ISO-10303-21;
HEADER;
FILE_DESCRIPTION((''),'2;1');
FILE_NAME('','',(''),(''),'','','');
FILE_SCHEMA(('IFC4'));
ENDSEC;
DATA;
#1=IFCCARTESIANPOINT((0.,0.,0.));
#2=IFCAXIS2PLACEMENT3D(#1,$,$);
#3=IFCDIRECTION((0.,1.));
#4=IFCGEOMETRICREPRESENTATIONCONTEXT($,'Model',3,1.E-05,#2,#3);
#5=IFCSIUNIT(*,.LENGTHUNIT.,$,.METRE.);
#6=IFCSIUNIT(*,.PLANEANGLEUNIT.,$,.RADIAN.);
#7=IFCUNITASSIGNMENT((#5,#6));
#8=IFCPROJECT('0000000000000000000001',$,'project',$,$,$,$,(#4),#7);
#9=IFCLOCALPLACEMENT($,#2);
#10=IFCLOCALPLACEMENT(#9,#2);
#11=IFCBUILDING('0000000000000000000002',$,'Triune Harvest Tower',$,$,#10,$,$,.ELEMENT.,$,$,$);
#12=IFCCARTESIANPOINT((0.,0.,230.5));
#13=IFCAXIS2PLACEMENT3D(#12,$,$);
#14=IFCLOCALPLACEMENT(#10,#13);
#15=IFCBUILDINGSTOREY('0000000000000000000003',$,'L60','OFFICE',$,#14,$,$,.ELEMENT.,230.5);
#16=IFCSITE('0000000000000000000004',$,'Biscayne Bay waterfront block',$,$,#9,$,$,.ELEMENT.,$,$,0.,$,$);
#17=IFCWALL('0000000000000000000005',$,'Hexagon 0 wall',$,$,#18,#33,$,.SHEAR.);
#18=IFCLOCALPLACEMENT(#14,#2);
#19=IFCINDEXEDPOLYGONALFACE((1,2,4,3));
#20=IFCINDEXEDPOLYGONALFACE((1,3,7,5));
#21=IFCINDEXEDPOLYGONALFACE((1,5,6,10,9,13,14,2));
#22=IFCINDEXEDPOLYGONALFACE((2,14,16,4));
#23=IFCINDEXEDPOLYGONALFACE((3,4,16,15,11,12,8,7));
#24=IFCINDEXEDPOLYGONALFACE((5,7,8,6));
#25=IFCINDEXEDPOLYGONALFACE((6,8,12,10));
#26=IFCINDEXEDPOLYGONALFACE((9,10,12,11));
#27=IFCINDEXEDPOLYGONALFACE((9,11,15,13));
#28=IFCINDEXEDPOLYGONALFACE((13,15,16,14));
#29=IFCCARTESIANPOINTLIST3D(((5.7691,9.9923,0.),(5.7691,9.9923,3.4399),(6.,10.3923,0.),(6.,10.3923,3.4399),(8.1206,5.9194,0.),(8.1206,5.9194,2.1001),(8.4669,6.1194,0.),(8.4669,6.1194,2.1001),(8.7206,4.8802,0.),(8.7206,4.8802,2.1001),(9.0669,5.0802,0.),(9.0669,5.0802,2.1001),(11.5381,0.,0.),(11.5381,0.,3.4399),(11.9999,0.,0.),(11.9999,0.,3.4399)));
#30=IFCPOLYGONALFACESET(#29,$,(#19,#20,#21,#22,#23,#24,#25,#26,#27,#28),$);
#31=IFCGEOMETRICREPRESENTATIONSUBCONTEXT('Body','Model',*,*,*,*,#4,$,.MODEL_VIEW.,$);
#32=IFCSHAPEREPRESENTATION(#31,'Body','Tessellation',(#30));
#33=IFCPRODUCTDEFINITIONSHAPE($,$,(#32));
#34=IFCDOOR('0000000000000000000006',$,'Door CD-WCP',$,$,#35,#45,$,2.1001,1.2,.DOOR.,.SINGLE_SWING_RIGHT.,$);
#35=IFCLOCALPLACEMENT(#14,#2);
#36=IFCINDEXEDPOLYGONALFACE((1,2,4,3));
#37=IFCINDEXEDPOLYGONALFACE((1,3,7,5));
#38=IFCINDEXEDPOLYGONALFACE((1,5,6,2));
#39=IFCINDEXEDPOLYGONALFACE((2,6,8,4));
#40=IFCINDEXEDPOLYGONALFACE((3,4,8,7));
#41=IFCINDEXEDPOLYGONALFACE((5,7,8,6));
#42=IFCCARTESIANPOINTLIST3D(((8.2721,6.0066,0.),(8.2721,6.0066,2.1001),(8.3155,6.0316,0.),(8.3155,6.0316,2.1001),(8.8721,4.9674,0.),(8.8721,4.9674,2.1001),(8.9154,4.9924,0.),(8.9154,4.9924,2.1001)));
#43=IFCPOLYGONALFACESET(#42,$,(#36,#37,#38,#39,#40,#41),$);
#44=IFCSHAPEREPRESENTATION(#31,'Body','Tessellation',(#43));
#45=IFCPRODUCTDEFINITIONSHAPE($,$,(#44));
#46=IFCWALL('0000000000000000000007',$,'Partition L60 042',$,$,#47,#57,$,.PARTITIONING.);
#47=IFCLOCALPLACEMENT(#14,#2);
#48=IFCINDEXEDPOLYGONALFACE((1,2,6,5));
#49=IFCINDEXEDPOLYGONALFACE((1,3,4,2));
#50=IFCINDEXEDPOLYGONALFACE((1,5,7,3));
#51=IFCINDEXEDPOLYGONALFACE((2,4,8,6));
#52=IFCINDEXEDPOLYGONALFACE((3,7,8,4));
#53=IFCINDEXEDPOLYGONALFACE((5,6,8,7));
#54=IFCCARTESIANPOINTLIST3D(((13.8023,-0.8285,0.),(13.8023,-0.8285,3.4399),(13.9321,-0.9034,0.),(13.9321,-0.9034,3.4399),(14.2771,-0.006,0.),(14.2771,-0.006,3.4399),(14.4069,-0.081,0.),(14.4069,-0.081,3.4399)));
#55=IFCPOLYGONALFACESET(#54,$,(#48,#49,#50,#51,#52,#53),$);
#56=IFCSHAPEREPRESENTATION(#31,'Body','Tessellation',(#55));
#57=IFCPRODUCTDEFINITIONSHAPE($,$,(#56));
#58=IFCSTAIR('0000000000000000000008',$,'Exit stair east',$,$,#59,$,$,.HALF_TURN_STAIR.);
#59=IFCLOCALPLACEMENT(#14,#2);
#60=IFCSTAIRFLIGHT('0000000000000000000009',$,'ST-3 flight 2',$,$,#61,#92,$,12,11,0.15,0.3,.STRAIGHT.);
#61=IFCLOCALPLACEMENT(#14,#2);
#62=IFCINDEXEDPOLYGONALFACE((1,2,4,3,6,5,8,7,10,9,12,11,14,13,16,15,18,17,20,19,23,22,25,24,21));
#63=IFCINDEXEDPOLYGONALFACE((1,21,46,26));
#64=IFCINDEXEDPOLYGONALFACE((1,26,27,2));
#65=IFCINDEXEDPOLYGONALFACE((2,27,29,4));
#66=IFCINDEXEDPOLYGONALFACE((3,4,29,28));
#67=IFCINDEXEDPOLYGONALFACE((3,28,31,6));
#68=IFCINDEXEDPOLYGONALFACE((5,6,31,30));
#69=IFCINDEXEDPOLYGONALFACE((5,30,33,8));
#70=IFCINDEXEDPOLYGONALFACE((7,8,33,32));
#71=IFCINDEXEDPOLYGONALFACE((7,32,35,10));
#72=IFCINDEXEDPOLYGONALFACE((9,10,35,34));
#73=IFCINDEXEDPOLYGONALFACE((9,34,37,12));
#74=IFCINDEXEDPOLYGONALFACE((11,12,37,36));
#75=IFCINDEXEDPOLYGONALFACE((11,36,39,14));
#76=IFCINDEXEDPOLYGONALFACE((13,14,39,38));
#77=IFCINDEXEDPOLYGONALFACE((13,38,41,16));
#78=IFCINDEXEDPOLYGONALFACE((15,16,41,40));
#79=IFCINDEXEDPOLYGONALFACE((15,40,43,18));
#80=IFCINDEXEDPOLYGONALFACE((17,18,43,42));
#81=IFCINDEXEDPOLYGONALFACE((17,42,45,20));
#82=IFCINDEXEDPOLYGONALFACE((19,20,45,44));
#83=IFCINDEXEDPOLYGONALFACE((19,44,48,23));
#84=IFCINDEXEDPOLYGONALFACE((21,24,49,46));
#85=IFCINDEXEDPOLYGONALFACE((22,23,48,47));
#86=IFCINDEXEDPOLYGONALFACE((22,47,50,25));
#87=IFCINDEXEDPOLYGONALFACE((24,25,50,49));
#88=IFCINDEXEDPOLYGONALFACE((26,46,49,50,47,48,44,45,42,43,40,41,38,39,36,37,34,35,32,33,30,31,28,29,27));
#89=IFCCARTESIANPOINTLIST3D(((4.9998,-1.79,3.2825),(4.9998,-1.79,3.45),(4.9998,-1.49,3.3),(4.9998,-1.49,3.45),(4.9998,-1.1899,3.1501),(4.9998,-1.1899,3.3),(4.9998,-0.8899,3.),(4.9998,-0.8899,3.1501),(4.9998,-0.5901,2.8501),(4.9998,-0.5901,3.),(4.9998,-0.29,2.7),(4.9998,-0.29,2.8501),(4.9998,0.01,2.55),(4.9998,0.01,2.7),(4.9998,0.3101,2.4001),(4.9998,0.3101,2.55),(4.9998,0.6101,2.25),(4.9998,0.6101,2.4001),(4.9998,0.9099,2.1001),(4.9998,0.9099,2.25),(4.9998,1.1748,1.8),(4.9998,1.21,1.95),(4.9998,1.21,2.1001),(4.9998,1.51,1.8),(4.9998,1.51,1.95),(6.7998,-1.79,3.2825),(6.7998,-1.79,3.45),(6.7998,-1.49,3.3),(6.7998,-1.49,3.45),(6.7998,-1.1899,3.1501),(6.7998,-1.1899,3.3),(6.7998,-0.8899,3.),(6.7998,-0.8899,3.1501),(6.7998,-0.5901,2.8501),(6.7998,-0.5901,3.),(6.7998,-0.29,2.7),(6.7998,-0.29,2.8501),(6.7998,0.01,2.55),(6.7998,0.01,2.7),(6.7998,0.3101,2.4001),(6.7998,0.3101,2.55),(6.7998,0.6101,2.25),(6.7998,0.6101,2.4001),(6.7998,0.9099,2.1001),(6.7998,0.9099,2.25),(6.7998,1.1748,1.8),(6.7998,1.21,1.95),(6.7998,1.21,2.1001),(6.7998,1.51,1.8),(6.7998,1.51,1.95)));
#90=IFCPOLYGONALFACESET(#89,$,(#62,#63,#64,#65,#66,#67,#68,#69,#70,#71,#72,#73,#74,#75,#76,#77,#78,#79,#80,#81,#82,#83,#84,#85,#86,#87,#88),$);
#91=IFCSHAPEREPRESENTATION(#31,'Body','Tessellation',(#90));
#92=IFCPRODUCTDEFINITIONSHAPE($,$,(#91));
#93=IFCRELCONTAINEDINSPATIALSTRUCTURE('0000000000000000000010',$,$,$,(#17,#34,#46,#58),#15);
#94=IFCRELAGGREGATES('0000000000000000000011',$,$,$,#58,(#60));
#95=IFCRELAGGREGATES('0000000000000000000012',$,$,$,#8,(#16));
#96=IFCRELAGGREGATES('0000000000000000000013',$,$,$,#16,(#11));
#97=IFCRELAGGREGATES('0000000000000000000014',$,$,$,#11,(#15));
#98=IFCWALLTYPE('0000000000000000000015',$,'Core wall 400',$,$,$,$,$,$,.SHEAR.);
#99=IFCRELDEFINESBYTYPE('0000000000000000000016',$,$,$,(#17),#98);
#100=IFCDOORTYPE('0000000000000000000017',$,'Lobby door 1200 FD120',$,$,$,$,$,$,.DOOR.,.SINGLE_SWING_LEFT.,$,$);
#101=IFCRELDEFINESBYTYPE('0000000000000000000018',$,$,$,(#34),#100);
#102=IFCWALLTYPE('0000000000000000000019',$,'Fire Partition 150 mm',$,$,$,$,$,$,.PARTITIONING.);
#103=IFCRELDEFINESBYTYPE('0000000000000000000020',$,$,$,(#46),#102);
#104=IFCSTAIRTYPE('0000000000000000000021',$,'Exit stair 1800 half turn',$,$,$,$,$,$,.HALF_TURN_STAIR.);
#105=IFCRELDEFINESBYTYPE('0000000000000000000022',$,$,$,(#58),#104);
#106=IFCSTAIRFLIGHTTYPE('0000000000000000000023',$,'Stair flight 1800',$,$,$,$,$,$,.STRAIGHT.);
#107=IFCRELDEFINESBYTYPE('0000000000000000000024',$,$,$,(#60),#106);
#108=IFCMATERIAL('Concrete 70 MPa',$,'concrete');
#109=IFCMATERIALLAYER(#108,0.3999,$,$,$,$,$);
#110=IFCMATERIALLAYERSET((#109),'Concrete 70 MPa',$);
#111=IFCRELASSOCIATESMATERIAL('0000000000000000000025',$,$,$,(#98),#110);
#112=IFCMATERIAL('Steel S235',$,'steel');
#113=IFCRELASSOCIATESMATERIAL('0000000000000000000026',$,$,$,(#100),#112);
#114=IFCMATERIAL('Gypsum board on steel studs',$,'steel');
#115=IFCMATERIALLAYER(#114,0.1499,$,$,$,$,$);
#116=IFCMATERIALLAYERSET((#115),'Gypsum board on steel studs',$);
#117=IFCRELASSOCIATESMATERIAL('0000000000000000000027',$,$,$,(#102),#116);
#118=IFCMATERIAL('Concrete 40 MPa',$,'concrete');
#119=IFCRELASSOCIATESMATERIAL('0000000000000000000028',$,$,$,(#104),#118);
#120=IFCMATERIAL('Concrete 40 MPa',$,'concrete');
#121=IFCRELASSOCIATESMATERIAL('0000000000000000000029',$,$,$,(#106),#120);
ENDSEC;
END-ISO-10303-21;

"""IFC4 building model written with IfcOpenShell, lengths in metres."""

from ifc_helpers import new_model, si_unit, direction, frame, frame_2d, origin, place, context, subcontext, project, spatial, polyline, rectangle, outline, extrude, source, transform, mapped, material, layer, layer_set, type_object, element, fill, aggregate, save


model = new_model("IFC4")

# Units and contexts
model_context = context("Model", 3, precision=1e-05, world=origin(), true_north=direction((0.0, 1.0)))
body_context = subcontext(model_context, "Body", "Model", "MODEL_VIEW")
ifc_project = project(units=[si_unit("LENGTHUNIT", "METRE"), si_unit("PLANEANGLEUNIT", "RADIAN")], contexts=[model_context])

# Site, building, storey
site_placement = place(None, origin())
site = spatial("IfcSite", under=ifc_project, at=site_placement, Name="Biscayne Bay waterfront block", CompositionType="ELEMENT", RefElevation=0.0)
building_placement = place(site_placement, origin())
building = spatial("IfcBuilding", under=site, at=building_placement, Name="Triune Harvest Tower", CompositionType="ELEMENT")
storey_placement = place(building_placement, frame((0.0, 0.0, 230.5)))
storey = spatial("IfcBuildingStorey", under=building, at=storey_placement, Name="L60", Description="OFFICE", CompositionType="ELEMENT", Elevation=230.5)

# Wall, opening, door
ifc_material_1 = material(Name="Concrete 70 MPa", Category="concrete")
ifc_layer_1 = layer(ifc_material_1, 0.3999)
ifc_layer_set_1 = layer_set([ifc_layer_1], Name="Concrete 70 MPa")
wall_type_1 = type_object("IfcWallType", Name="Core wall 400", PredefinedType="SHEAR", material=ifc_layer_set_1)
shared_shape_1 = source(origin(), body_context, "Body", "SweptSolid", [
    extrude(outline(polyline([(-0.1155, -0.2), (11.8845, -0.2), (11.6536, 0.2), (0.1155, 0.2), (-0.1155, -0.2)])), origin(), (0.0, 0.0, 1.0), 3.4399),
])
wall_1_placement = place(storey_placement, frame((11.769, 0.0, 0.0), z_axis=(0.0, 0.0, 1.0), x_axis=(-0.499997, 0.866027, 0.0)))
wall_1 = element("IfcWall", 1, at=wall_1_placement, inside=storey, type_object=wall_type_1, Name="Hexagon 0 wall", PredefinedType="SHEAR", context=body_context, shape_type="MappedRepresentation", body=[
    mapped(shared_shape_1, transform((0.0, 0.0, 0.0), scale=1.0)),
])
opening_placement = place(wall_1_placement, frame((5.7505, 0.0, 0.0)))
opening = element("IfcOpeningElement", 2, at=opening_placement, cuts=wall_1, PredefinedType="OPENING", context=body_context, shape_type="SweptSolid", body=[
    extrude(rectangle(XDim=1.2, YDim=2.1001, at=frame_2d((0.6001, 1.05))), frame((0.0, 0.21, 0.0), z_axis=(0.0, -1.0, 0.0), x_axis=(1.0, 0.0, 0.0)), (0.0, 0.0, 1.0), 0.4199),
])
ifc_material_2 = material(Name="Steel S235", Category="steel")
door_type = type_object("IfcDoorType", Name="Lobby door 1200 FD120", OperationType="SINGLE_SWING_LEFT", PredefinedType="DOOR", material=ifc_material_2)
door_placement = place(opening_placement, frame((1.2, 0.0, 0.0), z_axis=(0.0, 0.0, 1.0), x_axis=(-1.0, 0.0, 0.0)))
door = element("IfcDoor", 3, at=door_placement, inside=storey, type_object=door_type, Name="Door CD-WCP", OperationType="SINGLE_SWING_RIGHT", OverallHeight=2.1001, OverallWidth=1.2, PredefinedType="DOOR", context=body_context, shape_type="SweptSolid", body=[
    extrude(rectangle(XDim=1.2, YDim=2.1001, at=frame_2d((0.6001, 1.05))), frame((0.0, 0.0249, 0.0), z_axis=(0.0, -1.0, 0.0), x_axis=(1.0, 0.0, 0.0)), (0.0, 0.0, 1.0), 0.05),
])
fill(opening, door)

# Wall
ifc_material_3 = material(Name="Gypsum board on steel studs", Category="steel")
ifc_layer_2 = layer(ifc_material_3, 0.1499)
ifc_layer_set_2 = layer_set([ifc_layer_2], Name="Gypsum board on steel studs")
wall_type_2 = type_object("IfcWallType", Name="Fire Partition 150 mm", PredefinedType="PARTITIONING", material=ifc_layer_set_2)
shared_shape_2 = source(origin(), body_context, "Body", "SweptSolid", [
    extrude(rectangle(XDim=0.9497, YDim=0.1499, at=frame_2d((0.4749, 0.0))), origin(), (0.0, 0.0, 1.0), 3.4399),
])
wall_2_placement = place(storey_placement, frame((13.8672, -0.866, 0.0), z_axis=(0.0, 0.0, 1.0), x_axis=(0.499982, 0.866036, 0.0)))
element("IfcWall", 4, at=wall_2_placement, inside=storey, type_object=wall_type_2, Name="Partition L60 042", PredefinedType="PARTITIONING", context=body_context, shape_type="MappedRepresentation", body=[
    mapped(shared_shape_2, transform((0.0, 0.0, 0.0), scale=1.0)),
])

# Stair, stair flight
ifc_material_4 = material(Name="Concrete 40 MPa", Category="concrete")
stair_type = type_object("IfcStairType", Name="Exit stair 1800 half turn", PredefinedType="HALF_TURN_STAIR", material=ifc_material_4)
stair_placement = place(storey_placement, origin())
stair = element("IfcStair", 5, at=stair_placement, inside=storey, type_object=stair_type, Name="Exit stair east", PredefinedType="HALF_TURN_STAIR")
ifc_material_5 = material(Name="Concrete 40 MPa", Category="concrete")
stair_flight_type = type_object("IfcStairFlightType", Name="Stair flight 1800", PredefinedType="STRAIGHT", material=ifc_material_5)
shared_shape_3 = source(origin(), body_context, "Body", "SweptSolid", [
    extrude(outline(polyline([(0.0, 0.0), (0.0, 0.1499), (0.3, 0.1499), (0.3, 0.3), (0.6001, 0.3), (0.6001, 0.45), (0.8999, 0.45), (0.8999, 0.6001), (1.2, 0.6001), (1.2, 0.75), (1.5, 0.75), (1.5, 0.8999), (1.8, 0.8999), (1.8, 1.05), (2.1001, 1.05), (2.1001, 1.2), (2.3999, 1.2), (2.3999, 1.3501), (2.7, 1.3501), (2.7, 1.5), (3.0, 1.5), (3.0, 1.6499), (3.3, 1.6499), (3.3, 1.8), (3.3, 1.4824), (0.3352, 0.0), (0.0, 0.0)])), frame((0.0, 0.8999, 0.0), z_axis=(0.0, -1.0, 0.0), x_axis=(1.0, 0.0, 0.0)), (0.0, 0.0, 1.0), 1.8),
])
stair_flight_placement = place(storey_placement, frame((5.8999, 1.51, 1.8), z_axis=(0.0, 0.0, 1.0), x_axis=(0.0, -1.0, 0.0)))
stair_flight = element("IfcStairFlight", 6, at=stair_flight_placement, type_object=stair_flight_type, Name="ST-3 flight 2", NumberOfRisers=12, NumberOfTreads=11, PredefinedType="STRAIGHT", RiserHeight=0.15, TreadLength=0.3, context=body_context, shape_type="MappedRepresentation", body=[
    mapped(shared_shape_3, transform((0.0, 0.0, 0.0), scale=1.0)),
])
aggregate(stair, [stair_flight])

save(model, "model.ifc")
